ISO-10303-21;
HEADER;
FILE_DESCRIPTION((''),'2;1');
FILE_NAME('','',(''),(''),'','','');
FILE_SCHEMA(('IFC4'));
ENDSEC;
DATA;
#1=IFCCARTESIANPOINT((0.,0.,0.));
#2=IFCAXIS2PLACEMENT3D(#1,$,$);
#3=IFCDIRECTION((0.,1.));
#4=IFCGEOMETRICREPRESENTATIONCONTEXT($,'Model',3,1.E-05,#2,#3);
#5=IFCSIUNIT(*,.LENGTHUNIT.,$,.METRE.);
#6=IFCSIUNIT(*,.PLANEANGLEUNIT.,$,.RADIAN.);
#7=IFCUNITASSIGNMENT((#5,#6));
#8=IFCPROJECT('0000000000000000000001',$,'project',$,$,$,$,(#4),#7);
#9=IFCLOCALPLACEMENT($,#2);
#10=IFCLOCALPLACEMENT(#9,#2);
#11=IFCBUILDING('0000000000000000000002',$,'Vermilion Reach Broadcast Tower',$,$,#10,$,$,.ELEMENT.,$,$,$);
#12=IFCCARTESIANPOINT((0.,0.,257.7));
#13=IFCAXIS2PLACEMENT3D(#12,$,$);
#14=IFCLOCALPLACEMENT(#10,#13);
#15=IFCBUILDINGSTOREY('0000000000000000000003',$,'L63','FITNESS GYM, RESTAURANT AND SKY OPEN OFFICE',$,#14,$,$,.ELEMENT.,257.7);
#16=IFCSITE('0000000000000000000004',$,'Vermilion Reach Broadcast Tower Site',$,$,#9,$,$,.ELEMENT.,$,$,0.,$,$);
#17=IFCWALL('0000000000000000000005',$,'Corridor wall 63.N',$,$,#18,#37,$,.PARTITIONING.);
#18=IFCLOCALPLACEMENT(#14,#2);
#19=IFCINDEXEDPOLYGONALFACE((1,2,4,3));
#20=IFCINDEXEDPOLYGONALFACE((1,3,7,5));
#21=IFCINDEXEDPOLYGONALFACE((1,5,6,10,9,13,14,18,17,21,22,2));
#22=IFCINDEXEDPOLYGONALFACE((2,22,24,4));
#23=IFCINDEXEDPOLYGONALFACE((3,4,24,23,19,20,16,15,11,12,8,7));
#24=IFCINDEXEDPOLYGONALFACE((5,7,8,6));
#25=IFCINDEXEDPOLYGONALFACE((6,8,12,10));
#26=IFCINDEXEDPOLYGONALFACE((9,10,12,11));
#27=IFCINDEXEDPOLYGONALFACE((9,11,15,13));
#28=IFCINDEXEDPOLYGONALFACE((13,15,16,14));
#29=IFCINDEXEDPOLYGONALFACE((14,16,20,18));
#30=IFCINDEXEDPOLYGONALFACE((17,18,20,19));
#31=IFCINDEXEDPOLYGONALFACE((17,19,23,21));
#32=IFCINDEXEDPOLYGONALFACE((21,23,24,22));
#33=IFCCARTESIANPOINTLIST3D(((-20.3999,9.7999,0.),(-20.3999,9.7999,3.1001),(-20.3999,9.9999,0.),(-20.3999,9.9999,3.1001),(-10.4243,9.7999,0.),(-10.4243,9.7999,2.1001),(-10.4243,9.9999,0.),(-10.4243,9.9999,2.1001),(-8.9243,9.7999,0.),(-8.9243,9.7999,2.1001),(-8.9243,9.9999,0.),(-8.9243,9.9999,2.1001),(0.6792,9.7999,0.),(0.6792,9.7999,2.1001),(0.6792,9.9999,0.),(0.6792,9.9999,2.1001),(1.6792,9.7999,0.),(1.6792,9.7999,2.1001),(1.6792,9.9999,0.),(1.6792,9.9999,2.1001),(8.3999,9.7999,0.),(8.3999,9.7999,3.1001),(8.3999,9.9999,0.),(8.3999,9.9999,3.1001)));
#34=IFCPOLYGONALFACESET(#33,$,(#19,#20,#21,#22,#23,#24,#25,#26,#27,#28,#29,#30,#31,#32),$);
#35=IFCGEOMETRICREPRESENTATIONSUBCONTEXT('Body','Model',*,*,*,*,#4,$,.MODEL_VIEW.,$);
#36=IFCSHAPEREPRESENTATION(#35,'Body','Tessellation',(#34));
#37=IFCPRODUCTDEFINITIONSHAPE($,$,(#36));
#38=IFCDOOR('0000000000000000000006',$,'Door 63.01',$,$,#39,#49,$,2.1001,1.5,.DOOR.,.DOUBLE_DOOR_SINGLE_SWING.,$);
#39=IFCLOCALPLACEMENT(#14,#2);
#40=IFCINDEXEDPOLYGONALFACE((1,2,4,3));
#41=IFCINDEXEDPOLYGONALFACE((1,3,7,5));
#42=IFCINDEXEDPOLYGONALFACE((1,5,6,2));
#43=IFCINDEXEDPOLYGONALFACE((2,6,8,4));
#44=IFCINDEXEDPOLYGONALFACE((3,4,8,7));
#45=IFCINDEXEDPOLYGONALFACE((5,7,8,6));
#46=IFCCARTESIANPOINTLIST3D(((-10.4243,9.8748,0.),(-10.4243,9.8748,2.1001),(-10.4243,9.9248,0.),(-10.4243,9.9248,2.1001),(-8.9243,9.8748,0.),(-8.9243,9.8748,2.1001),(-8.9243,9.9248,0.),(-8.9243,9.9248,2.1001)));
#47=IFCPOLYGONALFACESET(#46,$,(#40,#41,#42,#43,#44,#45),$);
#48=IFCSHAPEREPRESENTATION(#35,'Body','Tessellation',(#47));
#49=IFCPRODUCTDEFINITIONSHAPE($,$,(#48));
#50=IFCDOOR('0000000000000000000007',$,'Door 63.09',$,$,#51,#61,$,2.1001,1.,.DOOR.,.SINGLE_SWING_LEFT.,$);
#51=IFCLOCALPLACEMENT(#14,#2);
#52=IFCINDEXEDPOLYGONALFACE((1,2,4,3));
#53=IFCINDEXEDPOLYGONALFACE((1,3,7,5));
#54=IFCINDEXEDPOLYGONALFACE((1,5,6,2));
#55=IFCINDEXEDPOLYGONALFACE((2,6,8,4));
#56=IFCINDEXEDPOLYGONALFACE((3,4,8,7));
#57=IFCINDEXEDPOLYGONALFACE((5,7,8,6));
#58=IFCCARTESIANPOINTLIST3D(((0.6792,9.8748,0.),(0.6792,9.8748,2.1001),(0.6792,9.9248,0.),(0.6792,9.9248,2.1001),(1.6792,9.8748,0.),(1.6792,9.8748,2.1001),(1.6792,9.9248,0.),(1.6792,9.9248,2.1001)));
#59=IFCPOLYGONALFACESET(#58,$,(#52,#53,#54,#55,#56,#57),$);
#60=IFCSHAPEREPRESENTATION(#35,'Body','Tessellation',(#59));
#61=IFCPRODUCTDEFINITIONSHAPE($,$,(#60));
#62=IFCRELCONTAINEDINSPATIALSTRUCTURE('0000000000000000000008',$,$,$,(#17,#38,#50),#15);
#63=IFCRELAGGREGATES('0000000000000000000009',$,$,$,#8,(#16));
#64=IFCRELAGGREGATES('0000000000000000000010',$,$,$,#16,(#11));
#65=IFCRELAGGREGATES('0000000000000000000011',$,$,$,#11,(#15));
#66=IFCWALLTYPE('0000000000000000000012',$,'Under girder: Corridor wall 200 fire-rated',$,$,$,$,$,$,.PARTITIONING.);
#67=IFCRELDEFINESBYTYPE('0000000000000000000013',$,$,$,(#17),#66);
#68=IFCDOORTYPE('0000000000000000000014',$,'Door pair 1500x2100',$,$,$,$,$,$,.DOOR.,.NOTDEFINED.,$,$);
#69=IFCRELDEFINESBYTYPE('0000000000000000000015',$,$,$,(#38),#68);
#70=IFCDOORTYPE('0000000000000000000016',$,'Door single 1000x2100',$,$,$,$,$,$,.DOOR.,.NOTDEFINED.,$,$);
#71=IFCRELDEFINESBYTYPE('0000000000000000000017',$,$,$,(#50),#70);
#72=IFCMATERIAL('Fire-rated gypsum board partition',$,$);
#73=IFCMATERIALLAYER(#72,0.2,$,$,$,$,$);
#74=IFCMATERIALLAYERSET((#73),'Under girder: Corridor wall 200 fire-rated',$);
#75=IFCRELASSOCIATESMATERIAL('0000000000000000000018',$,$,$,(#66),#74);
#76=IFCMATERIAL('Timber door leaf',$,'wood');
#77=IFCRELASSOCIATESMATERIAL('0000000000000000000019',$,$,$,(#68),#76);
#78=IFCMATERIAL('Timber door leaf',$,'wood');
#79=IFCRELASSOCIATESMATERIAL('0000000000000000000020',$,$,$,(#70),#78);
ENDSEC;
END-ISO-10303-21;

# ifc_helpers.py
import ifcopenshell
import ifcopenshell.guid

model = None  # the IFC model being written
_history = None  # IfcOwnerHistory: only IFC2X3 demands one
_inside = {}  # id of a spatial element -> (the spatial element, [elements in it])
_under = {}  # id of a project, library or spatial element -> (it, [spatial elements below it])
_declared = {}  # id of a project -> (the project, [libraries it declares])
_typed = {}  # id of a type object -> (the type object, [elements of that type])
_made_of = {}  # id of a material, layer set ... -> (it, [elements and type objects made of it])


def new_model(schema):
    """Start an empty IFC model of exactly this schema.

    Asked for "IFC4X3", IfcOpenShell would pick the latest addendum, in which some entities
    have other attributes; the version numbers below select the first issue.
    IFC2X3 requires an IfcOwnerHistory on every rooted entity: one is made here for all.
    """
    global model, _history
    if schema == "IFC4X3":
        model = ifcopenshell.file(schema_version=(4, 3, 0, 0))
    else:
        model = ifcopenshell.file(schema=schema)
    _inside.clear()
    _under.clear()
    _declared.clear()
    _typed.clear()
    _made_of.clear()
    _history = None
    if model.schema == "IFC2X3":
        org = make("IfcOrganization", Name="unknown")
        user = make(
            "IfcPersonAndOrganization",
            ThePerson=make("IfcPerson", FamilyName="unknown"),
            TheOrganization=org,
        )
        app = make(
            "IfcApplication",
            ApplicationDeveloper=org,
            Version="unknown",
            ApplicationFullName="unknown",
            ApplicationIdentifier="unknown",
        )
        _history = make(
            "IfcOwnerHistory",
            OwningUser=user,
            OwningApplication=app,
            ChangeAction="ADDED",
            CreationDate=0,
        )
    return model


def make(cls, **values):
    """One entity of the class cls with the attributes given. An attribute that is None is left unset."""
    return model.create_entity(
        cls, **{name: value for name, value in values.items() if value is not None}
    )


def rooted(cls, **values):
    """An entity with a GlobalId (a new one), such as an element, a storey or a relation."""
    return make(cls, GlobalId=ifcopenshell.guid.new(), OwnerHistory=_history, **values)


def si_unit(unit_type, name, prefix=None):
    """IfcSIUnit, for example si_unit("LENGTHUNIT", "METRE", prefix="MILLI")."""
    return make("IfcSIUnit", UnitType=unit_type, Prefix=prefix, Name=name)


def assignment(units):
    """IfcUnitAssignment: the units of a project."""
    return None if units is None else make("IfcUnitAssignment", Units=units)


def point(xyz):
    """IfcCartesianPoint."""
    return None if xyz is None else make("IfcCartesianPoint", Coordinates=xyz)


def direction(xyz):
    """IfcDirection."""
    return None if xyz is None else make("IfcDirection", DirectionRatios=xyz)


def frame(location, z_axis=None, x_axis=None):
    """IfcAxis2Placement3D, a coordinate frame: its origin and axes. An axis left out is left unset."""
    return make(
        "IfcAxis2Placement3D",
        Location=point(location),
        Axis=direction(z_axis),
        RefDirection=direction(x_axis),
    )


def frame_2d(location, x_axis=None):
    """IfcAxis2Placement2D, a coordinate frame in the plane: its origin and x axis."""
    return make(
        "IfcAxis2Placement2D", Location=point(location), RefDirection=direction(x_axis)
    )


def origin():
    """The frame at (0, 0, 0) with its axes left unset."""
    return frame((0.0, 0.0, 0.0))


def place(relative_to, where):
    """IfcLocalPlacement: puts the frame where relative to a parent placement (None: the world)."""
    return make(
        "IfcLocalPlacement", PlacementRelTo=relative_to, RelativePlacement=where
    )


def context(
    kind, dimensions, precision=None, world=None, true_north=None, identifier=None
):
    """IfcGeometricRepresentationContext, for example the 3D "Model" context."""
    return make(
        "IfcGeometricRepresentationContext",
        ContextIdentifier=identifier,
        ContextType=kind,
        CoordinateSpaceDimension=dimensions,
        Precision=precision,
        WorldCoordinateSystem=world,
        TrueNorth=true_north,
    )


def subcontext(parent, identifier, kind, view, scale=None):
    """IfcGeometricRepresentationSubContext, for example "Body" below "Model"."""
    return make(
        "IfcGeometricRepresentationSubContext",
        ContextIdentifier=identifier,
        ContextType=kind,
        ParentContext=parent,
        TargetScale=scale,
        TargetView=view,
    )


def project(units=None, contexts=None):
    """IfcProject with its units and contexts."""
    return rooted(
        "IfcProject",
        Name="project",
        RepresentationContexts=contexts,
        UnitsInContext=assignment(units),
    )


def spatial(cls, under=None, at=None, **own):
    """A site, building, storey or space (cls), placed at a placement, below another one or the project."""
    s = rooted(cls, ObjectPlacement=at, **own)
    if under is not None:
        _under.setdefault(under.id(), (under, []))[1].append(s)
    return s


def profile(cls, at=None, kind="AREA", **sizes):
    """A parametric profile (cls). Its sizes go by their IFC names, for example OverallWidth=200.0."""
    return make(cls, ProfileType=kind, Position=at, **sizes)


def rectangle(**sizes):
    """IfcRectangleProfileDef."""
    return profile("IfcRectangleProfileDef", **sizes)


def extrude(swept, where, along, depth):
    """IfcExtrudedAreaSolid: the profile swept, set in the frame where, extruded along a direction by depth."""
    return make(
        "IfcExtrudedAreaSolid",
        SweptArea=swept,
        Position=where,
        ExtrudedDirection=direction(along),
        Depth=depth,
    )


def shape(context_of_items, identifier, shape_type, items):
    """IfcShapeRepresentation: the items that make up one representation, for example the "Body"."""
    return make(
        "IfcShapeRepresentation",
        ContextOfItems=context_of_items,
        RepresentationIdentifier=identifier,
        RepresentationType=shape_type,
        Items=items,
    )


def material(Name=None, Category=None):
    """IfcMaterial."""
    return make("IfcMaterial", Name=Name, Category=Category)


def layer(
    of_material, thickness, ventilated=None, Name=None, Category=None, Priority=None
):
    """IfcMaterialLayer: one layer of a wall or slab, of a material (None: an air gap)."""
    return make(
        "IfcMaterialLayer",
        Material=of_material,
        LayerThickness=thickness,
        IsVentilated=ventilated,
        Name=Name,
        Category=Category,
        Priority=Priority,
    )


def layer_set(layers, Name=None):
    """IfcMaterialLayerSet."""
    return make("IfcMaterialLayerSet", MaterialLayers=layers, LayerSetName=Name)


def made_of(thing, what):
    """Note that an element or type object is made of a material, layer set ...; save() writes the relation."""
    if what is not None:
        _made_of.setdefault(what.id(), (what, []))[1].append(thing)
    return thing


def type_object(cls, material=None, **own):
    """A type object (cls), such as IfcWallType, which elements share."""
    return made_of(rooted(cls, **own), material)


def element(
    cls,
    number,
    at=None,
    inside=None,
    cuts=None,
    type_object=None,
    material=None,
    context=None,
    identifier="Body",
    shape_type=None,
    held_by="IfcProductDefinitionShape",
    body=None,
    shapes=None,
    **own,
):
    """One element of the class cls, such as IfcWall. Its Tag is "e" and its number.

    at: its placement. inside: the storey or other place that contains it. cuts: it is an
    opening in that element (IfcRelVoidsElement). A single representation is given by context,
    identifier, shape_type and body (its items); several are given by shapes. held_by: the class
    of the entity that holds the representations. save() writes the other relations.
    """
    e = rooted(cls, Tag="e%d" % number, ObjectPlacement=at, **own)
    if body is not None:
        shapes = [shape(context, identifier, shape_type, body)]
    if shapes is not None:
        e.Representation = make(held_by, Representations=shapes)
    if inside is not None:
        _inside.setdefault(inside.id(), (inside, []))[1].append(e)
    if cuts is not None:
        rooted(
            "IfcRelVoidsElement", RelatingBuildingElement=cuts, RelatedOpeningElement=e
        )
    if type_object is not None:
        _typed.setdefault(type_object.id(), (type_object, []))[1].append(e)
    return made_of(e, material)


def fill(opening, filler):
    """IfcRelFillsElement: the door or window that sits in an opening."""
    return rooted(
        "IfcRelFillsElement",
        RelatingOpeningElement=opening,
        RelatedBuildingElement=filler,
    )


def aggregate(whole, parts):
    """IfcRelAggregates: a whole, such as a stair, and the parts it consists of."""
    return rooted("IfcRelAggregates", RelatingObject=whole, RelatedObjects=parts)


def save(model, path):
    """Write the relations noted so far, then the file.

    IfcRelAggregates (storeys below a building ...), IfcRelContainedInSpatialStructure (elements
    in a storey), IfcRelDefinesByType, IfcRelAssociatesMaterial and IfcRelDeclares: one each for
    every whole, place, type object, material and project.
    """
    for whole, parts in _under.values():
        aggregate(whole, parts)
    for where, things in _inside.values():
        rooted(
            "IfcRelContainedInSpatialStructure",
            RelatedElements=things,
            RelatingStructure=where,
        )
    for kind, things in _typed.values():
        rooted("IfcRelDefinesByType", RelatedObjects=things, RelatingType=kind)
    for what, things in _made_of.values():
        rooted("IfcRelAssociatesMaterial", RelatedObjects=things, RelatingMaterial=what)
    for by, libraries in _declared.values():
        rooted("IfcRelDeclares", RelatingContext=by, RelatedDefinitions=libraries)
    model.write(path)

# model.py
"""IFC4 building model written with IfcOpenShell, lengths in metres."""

from ifc_helpers import new_model, si_unit, direction, frame, frame_2d, origin, place, context, subcontext, project, spatial, rectangle, extrude, material, layer, layer_set, type_object, element, fill, save


model = new_model("IFC4")

# Units and contexts
model_context = context("Model", 3, precision=1e-05, world=origin(), true_north=direction((0.0, 1.0)))
body_context = subcontext(model_context, "Body", "Model", "MODEL_VIEW")
ifc_project = project(units=[si_unit("LENGTHUNIT", "METRE"), si_unit("PLANEANGLEUNIT", "RADIAN")], contexts=[model_context])

# Site, building, storey
site_placement = place(None, origin())
site = spatial("IfcSite", under=ifc_project, at=site_placement, Name="Vermilion Reach Broadcast Tower Site", CompositionType="ELEMENT", RefElevation=0.0)
building_placement = place(site_placement, origin())
building = spatial("IfcBuilding", under=site, at=building_placement, Name="Vermilion Reach Broadcast Tower", CompositionType="ELEMENT")
storey_placement = place(building_placement, frame((0.0, 0.0, 257.7)))
storey = spatial("IfcBuildingStorey", under=building, at=storey_placement, Name="L63", Description="FITNESS GYM, RESTAURANT AND SKY OPEN OFFICE", CompositionType="ELEMENT", Elevation=257.7)

# Wall, openings, doors
ifc_material_1 = material(Name="Fire-rated gypsum board partition")
ifc_layer_1 = layer(ifc_material_1, 0.2)
ifc_layer_set_1 = layer_set([ifc_layer_1], Name="Under girder: Corridor wall 200 fire-rated")
wall_type_1 = type_object("IfcWallType", Name="Under girder: Corridor wall 200 fire-rated", PredefinedType="PARTITIONING", material=ifc_layer_set_1)
wall_1_placement = place(storey_placement, frame((-20.3999, 9.8999, 0.0), z_axis=(0.0, 0.0, 1.0), x_axis=(1.0, 0.0, 0.0)))
wall_1 = element("IfcWall", 1, at=wall_1_placement, inside=storey, type_object=wall_type_1, Name="Corridor wall 63.N", PredefinedType="PARTITIONING", context=body_context, shape_type="SweptSolid", body=[
    extrude(rectangle(XDim=28.7998, YDim=0.2, at=frame_2d((14.3999, 0.0))), origin(), (0.0, 0.0, 1.0), 3.1001),
])
opening_1_placement = place(wall_1_placement, frame((9.9756, 0.0, 0.0)))
opening_1 = element("IfcOpeningElement", 2, at=opening_1_placement, cuts=wall_1, PredefinedType="OPENING", context=body_context, shape_type="SweptSolid", body=[
    extrude(rectangle(XDim=1.5, YDim=2.1001, at=frame_2d((0.75, 1.05))), frame((0.0, 0.1099, 0.0), z_axis=(0.0, -1.0, 0.0), x_axis=(1.0, 0.0, 0.0)), (0.0, 0.0, 1.0), 0.22),
])
opening_2_placement = place(wall_1_placement, frame((21.0791, 0.0, 0.0)))
opening_2 = element("IfcOpeningElement", 3, at=opening_2_placement, cuts=wall_1, PredefinedType="OPENING", context=body_context, shape_type="SweptSolid", body=[
    extrude(rectangle(XDim=1.0, YDim=2.1001, at=frame_2d((0.5, 1.05))), frame((0.0, 0.1099, 0.0), z_axis=(0.0, -1.0, 0.0), x_axis=(1.0, 0.0, 0.0)), (0.0, 0.0, 1.0), 0.22),
])
ifc_material_2 = material(Name="Timber door leaf", Category="wood")
door_type_1 = type_object("IfcDoorType", Name="Door pair 1500x2100", OperationType="NOTDEFINED", PredefinedType="DOOR", material=ifc_material_2)
door_1_placement = place(opening_1_placement, origin())
door_1 = element("IfcDoor", 4, at=door_1_placement, inside=storey, type_object=door_type_1, Name="Door 63.01", OperationType="DOUBLE_DOOR_SINGLE_SWING", OverallHeight=2.1001, OverallWidth=1.5, PredefinedType="DOOR", context=body_context, shape_type="SweptSolid", body=[
    extrude(rectangle(XDim=1.5, YDim=2.1001, at=frame_2d((0.75, 1.05))), frame((0.0, 0.0249, 0.0), z_axis=(0.0, -1.0, 0.0), x_axis=(1.0, 0.0, 0.0)), (0.0, 0.0, 1.0), 0.05),
])
fill(opening_1, door_1)
ifc_material_3 = material(Name="Timber door leaf", Category="wood")
door_type_2 = type_object("IfcDoorType", Name="Door single 1000x2100", OperationType="NOTDEFINED", PredefinedType="DOOR", material=ifc_material_3)
door_2_placement = place(opening_2_placement, origin())
door_2 = element("IfcDoor", 5, at=door_2_placement, inside=storey, type_object=door_type_2, Name="Door 63.09", OperationType="SINGLE_SWING_LEFT", OverallHeight=2.1001, OverallWidth=1.0, PredefinedType="DOOR", context=body_context, shape_type="SweptSolid", body=[
    extrude(rectangle(XDim=1.0, YDim=2.1001, at=frame_2d((0.5, 1.05))), frame((0.0, 0.0249, 0.0), z_axis=(0.0, -1.0, 0.0), x_axis=(1.0, 0.0, 0.0)), (0.0, 0.0, 1.0), 0.05),
])
fill(opening_2, door_2)

save(model, "model.ifc")
